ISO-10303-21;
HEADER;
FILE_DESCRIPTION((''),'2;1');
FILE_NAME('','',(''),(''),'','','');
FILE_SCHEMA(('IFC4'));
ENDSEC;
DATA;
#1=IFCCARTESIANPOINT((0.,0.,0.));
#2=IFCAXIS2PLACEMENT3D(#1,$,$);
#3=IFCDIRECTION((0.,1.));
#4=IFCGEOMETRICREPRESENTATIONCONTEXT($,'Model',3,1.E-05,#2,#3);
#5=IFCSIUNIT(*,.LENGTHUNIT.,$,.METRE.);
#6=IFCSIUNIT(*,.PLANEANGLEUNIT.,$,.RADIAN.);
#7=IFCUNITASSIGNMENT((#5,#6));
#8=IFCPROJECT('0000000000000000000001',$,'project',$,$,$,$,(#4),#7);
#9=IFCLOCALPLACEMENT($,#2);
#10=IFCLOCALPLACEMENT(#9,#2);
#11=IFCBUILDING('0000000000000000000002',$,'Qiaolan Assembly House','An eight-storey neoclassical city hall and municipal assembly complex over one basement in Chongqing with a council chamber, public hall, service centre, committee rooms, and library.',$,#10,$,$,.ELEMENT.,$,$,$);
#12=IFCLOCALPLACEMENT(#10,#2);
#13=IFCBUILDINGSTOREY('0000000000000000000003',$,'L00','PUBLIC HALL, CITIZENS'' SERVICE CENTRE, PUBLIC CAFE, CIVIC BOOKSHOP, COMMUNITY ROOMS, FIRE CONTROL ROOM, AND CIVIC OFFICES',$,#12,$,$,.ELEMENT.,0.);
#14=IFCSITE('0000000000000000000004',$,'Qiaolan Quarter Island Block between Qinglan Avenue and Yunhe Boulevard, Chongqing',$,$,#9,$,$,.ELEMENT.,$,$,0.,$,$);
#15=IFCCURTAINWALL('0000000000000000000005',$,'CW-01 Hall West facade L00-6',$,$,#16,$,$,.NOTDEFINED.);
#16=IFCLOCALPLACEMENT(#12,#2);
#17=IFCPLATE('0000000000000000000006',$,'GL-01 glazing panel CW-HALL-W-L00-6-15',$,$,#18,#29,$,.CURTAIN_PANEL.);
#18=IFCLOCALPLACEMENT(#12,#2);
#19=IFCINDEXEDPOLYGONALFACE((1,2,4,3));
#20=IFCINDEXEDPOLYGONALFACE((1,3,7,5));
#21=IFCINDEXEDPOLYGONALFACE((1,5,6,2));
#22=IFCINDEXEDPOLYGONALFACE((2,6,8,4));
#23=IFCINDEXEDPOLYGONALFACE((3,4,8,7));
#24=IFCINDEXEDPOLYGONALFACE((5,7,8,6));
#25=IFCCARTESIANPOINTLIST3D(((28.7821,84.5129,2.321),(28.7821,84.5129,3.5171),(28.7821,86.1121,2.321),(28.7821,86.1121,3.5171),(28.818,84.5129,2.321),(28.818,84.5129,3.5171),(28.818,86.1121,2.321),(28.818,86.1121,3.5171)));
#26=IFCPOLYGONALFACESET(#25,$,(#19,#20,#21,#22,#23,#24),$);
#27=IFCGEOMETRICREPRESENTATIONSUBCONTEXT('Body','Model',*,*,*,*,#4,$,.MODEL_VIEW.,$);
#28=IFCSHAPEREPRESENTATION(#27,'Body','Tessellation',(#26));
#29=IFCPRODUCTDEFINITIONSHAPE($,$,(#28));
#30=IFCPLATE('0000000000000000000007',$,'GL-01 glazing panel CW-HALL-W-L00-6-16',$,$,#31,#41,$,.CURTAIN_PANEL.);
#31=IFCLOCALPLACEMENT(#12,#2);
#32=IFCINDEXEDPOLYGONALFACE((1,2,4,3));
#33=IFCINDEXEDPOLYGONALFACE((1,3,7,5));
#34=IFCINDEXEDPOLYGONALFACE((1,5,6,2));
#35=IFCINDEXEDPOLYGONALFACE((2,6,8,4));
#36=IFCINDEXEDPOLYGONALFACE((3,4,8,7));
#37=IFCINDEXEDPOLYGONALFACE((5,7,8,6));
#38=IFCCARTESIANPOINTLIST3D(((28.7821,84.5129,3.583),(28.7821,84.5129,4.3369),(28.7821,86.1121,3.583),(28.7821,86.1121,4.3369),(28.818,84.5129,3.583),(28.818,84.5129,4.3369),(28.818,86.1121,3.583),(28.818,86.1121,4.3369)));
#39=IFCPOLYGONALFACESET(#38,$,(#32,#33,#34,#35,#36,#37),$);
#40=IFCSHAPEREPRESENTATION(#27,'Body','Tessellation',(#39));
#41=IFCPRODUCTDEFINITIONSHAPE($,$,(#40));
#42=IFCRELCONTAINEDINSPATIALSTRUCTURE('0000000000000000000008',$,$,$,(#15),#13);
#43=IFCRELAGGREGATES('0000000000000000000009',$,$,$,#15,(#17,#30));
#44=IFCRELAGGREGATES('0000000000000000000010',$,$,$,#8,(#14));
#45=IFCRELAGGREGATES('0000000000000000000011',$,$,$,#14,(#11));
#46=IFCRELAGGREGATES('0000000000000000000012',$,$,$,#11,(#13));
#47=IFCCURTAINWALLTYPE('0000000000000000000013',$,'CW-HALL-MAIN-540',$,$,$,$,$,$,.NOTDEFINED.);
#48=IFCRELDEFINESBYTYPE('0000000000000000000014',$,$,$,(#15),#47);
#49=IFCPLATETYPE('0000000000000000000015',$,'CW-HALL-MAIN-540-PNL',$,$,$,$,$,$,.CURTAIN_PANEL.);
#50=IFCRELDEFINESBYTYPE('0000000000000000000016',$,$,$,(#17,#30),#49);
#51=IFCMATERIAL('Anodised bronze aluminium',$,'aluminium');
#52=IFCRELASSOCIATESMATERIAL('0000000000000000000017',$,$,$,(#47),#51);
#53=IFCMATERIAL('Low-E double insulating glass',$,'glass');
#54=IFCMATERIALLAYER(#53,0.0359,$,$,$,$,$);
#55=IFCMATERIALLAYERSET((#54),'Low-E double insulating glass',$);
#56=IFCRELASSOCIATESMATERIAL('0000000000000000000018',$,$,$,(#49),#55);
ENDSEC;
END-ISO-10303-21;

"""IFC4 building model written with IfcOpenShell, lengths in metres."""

from ifc_helpers import new_model, si_unit, direction, frame, frame_2d, origin, place, context, subcontext, project, spatial, rectangle, extrude, material, layer, layer_set, type_object, element, aggregate, save


model = new_model("IFC4")

# Units and contexts
model_context = context("Model", 3, precision=1e-05, world=origin(), true_north=direction((0.0, 1.0)))
body_context = subcontext(model_context, "Body", "Model", "MODEL_VIEW")
ifc_project = project(units=[si_unit("LENGTHUNIT", "METRE"), si_unit("PLANEANGLEUNIT", "RADIAN")], contexts=[model_context])

# Site, building, storey
site_placement = place(None, origin())
site = spatial("IfcSite", under=ifc_project, at=site_placement, Name="Qiaolan Quarter Island Block between Qinglan Avenue and Yunhe Boulevard, Chongqing", CompositionType="ELEMENT", RefElevation=0.0)
building_placement = place(site_placement, origin())
building = spatial("IfcBuilding", under=site, at=building_placement, Name="Qiaolan Assembly House", Description="An eight-storey neoclassical city hall and municipal assembly complex over one basement in Chongqing with a council chamber, public hall, service centre, committee rooms, and library.", CompositionType="ELEMENT")
storey_placement = place(building_placement, origin())
storey = spatial("IfcBuildingStorey", under=building, at=storey_placement, Name="L00", Description="PUBLIC HALL, CITIZENS' SERVICE CENTRE, PUBLIC CAFE, CIVIC BOOKSHOP, COMMUNITY ROOMS, FIRE CONTROL ROOM, AND CIVIC OFFICES", CompositionType="ELEMENT", Elevation=0.0)

# Curtain wall, plates
ifc_material_1 = material(Name="Anodised bronze aluminium", Category="aluminium")
curtain_wall_type = type_object("IfcCurtainWallType", Name="CW-HALL-MAIN-540", PredefinedType="NOTDEFINED", material=ifc_material_1)
curtain_wall_placement = place(storey_placement, origin())
curtain_wall = element("IfcCurtainWall", 1, at=curtain_wall_placement, inside=storey, type_object=curtain_wall_type, Name="CW-01 Hall West facade L00-6", PredefinedType="NOTDEFINED")
ifc_material_2 = material(Name="Low-E double insulating glass", Category="glass")
ifc_layer = layer(ifc_material_2, 0.0359)
ifc_layer_set = layer_set([ifc_layer], Name="Low-E double insulating glass")
plate_type = type_object("IfcPlateType", Name="CW-HALL-MAIN-540-PNL", PredefinedType="CURTAIN_PANEL", material=ifc_layer_set)
plate_1_placement = place(storey_placement, frame((28.8, 84.5129, 2.321), z_axis=(0.0, 0.0, 1.0), x_axis=(0.0, 1.0, 0.0)))
plate_1 = element("IfcPlate", 2, at=plate_1_placement, type_object=plate_type, Name="GL-01 glazing panel CW-HALL-W-L00-6-15", PredefinedType="CURTAIN_PANEL", context=body_context, shape_type="SweptSolid", body=[
    extrude(rectangle(XDim=1.5991, YDim=0.0359, at=frame_2d((0.7996, 0.0))), origin(), (0.0, 0.0, 1.0), 1.196),
])
plate_2_placement = place(storey_placement, frame((28.8, 84.5129, 3.583), z_axis=(0.0, 0.0, 1.0), x_axis=(0.0, 1.0, 0.0)))
plate_2 = element("IfcPlate", 3, at=plate_2_placement, type_object=plate_type, Name="GL-01 glazing panel CW-HALL-W-L00-6-16", PredefinedType="CURTAIN_PANEL", context=body_context, shape_type="SweptSolid", body=[
    extrude(rectangle(XDim=1.5991, YDim=0.0359, at=frame_2d((0.7996, 0.0))), origin(), (0.0, 0.0, 1.0), 0.7539),
])
aggregate(curtain_wall, [plate_1, plate_2])

save(model, "model.ifc")
